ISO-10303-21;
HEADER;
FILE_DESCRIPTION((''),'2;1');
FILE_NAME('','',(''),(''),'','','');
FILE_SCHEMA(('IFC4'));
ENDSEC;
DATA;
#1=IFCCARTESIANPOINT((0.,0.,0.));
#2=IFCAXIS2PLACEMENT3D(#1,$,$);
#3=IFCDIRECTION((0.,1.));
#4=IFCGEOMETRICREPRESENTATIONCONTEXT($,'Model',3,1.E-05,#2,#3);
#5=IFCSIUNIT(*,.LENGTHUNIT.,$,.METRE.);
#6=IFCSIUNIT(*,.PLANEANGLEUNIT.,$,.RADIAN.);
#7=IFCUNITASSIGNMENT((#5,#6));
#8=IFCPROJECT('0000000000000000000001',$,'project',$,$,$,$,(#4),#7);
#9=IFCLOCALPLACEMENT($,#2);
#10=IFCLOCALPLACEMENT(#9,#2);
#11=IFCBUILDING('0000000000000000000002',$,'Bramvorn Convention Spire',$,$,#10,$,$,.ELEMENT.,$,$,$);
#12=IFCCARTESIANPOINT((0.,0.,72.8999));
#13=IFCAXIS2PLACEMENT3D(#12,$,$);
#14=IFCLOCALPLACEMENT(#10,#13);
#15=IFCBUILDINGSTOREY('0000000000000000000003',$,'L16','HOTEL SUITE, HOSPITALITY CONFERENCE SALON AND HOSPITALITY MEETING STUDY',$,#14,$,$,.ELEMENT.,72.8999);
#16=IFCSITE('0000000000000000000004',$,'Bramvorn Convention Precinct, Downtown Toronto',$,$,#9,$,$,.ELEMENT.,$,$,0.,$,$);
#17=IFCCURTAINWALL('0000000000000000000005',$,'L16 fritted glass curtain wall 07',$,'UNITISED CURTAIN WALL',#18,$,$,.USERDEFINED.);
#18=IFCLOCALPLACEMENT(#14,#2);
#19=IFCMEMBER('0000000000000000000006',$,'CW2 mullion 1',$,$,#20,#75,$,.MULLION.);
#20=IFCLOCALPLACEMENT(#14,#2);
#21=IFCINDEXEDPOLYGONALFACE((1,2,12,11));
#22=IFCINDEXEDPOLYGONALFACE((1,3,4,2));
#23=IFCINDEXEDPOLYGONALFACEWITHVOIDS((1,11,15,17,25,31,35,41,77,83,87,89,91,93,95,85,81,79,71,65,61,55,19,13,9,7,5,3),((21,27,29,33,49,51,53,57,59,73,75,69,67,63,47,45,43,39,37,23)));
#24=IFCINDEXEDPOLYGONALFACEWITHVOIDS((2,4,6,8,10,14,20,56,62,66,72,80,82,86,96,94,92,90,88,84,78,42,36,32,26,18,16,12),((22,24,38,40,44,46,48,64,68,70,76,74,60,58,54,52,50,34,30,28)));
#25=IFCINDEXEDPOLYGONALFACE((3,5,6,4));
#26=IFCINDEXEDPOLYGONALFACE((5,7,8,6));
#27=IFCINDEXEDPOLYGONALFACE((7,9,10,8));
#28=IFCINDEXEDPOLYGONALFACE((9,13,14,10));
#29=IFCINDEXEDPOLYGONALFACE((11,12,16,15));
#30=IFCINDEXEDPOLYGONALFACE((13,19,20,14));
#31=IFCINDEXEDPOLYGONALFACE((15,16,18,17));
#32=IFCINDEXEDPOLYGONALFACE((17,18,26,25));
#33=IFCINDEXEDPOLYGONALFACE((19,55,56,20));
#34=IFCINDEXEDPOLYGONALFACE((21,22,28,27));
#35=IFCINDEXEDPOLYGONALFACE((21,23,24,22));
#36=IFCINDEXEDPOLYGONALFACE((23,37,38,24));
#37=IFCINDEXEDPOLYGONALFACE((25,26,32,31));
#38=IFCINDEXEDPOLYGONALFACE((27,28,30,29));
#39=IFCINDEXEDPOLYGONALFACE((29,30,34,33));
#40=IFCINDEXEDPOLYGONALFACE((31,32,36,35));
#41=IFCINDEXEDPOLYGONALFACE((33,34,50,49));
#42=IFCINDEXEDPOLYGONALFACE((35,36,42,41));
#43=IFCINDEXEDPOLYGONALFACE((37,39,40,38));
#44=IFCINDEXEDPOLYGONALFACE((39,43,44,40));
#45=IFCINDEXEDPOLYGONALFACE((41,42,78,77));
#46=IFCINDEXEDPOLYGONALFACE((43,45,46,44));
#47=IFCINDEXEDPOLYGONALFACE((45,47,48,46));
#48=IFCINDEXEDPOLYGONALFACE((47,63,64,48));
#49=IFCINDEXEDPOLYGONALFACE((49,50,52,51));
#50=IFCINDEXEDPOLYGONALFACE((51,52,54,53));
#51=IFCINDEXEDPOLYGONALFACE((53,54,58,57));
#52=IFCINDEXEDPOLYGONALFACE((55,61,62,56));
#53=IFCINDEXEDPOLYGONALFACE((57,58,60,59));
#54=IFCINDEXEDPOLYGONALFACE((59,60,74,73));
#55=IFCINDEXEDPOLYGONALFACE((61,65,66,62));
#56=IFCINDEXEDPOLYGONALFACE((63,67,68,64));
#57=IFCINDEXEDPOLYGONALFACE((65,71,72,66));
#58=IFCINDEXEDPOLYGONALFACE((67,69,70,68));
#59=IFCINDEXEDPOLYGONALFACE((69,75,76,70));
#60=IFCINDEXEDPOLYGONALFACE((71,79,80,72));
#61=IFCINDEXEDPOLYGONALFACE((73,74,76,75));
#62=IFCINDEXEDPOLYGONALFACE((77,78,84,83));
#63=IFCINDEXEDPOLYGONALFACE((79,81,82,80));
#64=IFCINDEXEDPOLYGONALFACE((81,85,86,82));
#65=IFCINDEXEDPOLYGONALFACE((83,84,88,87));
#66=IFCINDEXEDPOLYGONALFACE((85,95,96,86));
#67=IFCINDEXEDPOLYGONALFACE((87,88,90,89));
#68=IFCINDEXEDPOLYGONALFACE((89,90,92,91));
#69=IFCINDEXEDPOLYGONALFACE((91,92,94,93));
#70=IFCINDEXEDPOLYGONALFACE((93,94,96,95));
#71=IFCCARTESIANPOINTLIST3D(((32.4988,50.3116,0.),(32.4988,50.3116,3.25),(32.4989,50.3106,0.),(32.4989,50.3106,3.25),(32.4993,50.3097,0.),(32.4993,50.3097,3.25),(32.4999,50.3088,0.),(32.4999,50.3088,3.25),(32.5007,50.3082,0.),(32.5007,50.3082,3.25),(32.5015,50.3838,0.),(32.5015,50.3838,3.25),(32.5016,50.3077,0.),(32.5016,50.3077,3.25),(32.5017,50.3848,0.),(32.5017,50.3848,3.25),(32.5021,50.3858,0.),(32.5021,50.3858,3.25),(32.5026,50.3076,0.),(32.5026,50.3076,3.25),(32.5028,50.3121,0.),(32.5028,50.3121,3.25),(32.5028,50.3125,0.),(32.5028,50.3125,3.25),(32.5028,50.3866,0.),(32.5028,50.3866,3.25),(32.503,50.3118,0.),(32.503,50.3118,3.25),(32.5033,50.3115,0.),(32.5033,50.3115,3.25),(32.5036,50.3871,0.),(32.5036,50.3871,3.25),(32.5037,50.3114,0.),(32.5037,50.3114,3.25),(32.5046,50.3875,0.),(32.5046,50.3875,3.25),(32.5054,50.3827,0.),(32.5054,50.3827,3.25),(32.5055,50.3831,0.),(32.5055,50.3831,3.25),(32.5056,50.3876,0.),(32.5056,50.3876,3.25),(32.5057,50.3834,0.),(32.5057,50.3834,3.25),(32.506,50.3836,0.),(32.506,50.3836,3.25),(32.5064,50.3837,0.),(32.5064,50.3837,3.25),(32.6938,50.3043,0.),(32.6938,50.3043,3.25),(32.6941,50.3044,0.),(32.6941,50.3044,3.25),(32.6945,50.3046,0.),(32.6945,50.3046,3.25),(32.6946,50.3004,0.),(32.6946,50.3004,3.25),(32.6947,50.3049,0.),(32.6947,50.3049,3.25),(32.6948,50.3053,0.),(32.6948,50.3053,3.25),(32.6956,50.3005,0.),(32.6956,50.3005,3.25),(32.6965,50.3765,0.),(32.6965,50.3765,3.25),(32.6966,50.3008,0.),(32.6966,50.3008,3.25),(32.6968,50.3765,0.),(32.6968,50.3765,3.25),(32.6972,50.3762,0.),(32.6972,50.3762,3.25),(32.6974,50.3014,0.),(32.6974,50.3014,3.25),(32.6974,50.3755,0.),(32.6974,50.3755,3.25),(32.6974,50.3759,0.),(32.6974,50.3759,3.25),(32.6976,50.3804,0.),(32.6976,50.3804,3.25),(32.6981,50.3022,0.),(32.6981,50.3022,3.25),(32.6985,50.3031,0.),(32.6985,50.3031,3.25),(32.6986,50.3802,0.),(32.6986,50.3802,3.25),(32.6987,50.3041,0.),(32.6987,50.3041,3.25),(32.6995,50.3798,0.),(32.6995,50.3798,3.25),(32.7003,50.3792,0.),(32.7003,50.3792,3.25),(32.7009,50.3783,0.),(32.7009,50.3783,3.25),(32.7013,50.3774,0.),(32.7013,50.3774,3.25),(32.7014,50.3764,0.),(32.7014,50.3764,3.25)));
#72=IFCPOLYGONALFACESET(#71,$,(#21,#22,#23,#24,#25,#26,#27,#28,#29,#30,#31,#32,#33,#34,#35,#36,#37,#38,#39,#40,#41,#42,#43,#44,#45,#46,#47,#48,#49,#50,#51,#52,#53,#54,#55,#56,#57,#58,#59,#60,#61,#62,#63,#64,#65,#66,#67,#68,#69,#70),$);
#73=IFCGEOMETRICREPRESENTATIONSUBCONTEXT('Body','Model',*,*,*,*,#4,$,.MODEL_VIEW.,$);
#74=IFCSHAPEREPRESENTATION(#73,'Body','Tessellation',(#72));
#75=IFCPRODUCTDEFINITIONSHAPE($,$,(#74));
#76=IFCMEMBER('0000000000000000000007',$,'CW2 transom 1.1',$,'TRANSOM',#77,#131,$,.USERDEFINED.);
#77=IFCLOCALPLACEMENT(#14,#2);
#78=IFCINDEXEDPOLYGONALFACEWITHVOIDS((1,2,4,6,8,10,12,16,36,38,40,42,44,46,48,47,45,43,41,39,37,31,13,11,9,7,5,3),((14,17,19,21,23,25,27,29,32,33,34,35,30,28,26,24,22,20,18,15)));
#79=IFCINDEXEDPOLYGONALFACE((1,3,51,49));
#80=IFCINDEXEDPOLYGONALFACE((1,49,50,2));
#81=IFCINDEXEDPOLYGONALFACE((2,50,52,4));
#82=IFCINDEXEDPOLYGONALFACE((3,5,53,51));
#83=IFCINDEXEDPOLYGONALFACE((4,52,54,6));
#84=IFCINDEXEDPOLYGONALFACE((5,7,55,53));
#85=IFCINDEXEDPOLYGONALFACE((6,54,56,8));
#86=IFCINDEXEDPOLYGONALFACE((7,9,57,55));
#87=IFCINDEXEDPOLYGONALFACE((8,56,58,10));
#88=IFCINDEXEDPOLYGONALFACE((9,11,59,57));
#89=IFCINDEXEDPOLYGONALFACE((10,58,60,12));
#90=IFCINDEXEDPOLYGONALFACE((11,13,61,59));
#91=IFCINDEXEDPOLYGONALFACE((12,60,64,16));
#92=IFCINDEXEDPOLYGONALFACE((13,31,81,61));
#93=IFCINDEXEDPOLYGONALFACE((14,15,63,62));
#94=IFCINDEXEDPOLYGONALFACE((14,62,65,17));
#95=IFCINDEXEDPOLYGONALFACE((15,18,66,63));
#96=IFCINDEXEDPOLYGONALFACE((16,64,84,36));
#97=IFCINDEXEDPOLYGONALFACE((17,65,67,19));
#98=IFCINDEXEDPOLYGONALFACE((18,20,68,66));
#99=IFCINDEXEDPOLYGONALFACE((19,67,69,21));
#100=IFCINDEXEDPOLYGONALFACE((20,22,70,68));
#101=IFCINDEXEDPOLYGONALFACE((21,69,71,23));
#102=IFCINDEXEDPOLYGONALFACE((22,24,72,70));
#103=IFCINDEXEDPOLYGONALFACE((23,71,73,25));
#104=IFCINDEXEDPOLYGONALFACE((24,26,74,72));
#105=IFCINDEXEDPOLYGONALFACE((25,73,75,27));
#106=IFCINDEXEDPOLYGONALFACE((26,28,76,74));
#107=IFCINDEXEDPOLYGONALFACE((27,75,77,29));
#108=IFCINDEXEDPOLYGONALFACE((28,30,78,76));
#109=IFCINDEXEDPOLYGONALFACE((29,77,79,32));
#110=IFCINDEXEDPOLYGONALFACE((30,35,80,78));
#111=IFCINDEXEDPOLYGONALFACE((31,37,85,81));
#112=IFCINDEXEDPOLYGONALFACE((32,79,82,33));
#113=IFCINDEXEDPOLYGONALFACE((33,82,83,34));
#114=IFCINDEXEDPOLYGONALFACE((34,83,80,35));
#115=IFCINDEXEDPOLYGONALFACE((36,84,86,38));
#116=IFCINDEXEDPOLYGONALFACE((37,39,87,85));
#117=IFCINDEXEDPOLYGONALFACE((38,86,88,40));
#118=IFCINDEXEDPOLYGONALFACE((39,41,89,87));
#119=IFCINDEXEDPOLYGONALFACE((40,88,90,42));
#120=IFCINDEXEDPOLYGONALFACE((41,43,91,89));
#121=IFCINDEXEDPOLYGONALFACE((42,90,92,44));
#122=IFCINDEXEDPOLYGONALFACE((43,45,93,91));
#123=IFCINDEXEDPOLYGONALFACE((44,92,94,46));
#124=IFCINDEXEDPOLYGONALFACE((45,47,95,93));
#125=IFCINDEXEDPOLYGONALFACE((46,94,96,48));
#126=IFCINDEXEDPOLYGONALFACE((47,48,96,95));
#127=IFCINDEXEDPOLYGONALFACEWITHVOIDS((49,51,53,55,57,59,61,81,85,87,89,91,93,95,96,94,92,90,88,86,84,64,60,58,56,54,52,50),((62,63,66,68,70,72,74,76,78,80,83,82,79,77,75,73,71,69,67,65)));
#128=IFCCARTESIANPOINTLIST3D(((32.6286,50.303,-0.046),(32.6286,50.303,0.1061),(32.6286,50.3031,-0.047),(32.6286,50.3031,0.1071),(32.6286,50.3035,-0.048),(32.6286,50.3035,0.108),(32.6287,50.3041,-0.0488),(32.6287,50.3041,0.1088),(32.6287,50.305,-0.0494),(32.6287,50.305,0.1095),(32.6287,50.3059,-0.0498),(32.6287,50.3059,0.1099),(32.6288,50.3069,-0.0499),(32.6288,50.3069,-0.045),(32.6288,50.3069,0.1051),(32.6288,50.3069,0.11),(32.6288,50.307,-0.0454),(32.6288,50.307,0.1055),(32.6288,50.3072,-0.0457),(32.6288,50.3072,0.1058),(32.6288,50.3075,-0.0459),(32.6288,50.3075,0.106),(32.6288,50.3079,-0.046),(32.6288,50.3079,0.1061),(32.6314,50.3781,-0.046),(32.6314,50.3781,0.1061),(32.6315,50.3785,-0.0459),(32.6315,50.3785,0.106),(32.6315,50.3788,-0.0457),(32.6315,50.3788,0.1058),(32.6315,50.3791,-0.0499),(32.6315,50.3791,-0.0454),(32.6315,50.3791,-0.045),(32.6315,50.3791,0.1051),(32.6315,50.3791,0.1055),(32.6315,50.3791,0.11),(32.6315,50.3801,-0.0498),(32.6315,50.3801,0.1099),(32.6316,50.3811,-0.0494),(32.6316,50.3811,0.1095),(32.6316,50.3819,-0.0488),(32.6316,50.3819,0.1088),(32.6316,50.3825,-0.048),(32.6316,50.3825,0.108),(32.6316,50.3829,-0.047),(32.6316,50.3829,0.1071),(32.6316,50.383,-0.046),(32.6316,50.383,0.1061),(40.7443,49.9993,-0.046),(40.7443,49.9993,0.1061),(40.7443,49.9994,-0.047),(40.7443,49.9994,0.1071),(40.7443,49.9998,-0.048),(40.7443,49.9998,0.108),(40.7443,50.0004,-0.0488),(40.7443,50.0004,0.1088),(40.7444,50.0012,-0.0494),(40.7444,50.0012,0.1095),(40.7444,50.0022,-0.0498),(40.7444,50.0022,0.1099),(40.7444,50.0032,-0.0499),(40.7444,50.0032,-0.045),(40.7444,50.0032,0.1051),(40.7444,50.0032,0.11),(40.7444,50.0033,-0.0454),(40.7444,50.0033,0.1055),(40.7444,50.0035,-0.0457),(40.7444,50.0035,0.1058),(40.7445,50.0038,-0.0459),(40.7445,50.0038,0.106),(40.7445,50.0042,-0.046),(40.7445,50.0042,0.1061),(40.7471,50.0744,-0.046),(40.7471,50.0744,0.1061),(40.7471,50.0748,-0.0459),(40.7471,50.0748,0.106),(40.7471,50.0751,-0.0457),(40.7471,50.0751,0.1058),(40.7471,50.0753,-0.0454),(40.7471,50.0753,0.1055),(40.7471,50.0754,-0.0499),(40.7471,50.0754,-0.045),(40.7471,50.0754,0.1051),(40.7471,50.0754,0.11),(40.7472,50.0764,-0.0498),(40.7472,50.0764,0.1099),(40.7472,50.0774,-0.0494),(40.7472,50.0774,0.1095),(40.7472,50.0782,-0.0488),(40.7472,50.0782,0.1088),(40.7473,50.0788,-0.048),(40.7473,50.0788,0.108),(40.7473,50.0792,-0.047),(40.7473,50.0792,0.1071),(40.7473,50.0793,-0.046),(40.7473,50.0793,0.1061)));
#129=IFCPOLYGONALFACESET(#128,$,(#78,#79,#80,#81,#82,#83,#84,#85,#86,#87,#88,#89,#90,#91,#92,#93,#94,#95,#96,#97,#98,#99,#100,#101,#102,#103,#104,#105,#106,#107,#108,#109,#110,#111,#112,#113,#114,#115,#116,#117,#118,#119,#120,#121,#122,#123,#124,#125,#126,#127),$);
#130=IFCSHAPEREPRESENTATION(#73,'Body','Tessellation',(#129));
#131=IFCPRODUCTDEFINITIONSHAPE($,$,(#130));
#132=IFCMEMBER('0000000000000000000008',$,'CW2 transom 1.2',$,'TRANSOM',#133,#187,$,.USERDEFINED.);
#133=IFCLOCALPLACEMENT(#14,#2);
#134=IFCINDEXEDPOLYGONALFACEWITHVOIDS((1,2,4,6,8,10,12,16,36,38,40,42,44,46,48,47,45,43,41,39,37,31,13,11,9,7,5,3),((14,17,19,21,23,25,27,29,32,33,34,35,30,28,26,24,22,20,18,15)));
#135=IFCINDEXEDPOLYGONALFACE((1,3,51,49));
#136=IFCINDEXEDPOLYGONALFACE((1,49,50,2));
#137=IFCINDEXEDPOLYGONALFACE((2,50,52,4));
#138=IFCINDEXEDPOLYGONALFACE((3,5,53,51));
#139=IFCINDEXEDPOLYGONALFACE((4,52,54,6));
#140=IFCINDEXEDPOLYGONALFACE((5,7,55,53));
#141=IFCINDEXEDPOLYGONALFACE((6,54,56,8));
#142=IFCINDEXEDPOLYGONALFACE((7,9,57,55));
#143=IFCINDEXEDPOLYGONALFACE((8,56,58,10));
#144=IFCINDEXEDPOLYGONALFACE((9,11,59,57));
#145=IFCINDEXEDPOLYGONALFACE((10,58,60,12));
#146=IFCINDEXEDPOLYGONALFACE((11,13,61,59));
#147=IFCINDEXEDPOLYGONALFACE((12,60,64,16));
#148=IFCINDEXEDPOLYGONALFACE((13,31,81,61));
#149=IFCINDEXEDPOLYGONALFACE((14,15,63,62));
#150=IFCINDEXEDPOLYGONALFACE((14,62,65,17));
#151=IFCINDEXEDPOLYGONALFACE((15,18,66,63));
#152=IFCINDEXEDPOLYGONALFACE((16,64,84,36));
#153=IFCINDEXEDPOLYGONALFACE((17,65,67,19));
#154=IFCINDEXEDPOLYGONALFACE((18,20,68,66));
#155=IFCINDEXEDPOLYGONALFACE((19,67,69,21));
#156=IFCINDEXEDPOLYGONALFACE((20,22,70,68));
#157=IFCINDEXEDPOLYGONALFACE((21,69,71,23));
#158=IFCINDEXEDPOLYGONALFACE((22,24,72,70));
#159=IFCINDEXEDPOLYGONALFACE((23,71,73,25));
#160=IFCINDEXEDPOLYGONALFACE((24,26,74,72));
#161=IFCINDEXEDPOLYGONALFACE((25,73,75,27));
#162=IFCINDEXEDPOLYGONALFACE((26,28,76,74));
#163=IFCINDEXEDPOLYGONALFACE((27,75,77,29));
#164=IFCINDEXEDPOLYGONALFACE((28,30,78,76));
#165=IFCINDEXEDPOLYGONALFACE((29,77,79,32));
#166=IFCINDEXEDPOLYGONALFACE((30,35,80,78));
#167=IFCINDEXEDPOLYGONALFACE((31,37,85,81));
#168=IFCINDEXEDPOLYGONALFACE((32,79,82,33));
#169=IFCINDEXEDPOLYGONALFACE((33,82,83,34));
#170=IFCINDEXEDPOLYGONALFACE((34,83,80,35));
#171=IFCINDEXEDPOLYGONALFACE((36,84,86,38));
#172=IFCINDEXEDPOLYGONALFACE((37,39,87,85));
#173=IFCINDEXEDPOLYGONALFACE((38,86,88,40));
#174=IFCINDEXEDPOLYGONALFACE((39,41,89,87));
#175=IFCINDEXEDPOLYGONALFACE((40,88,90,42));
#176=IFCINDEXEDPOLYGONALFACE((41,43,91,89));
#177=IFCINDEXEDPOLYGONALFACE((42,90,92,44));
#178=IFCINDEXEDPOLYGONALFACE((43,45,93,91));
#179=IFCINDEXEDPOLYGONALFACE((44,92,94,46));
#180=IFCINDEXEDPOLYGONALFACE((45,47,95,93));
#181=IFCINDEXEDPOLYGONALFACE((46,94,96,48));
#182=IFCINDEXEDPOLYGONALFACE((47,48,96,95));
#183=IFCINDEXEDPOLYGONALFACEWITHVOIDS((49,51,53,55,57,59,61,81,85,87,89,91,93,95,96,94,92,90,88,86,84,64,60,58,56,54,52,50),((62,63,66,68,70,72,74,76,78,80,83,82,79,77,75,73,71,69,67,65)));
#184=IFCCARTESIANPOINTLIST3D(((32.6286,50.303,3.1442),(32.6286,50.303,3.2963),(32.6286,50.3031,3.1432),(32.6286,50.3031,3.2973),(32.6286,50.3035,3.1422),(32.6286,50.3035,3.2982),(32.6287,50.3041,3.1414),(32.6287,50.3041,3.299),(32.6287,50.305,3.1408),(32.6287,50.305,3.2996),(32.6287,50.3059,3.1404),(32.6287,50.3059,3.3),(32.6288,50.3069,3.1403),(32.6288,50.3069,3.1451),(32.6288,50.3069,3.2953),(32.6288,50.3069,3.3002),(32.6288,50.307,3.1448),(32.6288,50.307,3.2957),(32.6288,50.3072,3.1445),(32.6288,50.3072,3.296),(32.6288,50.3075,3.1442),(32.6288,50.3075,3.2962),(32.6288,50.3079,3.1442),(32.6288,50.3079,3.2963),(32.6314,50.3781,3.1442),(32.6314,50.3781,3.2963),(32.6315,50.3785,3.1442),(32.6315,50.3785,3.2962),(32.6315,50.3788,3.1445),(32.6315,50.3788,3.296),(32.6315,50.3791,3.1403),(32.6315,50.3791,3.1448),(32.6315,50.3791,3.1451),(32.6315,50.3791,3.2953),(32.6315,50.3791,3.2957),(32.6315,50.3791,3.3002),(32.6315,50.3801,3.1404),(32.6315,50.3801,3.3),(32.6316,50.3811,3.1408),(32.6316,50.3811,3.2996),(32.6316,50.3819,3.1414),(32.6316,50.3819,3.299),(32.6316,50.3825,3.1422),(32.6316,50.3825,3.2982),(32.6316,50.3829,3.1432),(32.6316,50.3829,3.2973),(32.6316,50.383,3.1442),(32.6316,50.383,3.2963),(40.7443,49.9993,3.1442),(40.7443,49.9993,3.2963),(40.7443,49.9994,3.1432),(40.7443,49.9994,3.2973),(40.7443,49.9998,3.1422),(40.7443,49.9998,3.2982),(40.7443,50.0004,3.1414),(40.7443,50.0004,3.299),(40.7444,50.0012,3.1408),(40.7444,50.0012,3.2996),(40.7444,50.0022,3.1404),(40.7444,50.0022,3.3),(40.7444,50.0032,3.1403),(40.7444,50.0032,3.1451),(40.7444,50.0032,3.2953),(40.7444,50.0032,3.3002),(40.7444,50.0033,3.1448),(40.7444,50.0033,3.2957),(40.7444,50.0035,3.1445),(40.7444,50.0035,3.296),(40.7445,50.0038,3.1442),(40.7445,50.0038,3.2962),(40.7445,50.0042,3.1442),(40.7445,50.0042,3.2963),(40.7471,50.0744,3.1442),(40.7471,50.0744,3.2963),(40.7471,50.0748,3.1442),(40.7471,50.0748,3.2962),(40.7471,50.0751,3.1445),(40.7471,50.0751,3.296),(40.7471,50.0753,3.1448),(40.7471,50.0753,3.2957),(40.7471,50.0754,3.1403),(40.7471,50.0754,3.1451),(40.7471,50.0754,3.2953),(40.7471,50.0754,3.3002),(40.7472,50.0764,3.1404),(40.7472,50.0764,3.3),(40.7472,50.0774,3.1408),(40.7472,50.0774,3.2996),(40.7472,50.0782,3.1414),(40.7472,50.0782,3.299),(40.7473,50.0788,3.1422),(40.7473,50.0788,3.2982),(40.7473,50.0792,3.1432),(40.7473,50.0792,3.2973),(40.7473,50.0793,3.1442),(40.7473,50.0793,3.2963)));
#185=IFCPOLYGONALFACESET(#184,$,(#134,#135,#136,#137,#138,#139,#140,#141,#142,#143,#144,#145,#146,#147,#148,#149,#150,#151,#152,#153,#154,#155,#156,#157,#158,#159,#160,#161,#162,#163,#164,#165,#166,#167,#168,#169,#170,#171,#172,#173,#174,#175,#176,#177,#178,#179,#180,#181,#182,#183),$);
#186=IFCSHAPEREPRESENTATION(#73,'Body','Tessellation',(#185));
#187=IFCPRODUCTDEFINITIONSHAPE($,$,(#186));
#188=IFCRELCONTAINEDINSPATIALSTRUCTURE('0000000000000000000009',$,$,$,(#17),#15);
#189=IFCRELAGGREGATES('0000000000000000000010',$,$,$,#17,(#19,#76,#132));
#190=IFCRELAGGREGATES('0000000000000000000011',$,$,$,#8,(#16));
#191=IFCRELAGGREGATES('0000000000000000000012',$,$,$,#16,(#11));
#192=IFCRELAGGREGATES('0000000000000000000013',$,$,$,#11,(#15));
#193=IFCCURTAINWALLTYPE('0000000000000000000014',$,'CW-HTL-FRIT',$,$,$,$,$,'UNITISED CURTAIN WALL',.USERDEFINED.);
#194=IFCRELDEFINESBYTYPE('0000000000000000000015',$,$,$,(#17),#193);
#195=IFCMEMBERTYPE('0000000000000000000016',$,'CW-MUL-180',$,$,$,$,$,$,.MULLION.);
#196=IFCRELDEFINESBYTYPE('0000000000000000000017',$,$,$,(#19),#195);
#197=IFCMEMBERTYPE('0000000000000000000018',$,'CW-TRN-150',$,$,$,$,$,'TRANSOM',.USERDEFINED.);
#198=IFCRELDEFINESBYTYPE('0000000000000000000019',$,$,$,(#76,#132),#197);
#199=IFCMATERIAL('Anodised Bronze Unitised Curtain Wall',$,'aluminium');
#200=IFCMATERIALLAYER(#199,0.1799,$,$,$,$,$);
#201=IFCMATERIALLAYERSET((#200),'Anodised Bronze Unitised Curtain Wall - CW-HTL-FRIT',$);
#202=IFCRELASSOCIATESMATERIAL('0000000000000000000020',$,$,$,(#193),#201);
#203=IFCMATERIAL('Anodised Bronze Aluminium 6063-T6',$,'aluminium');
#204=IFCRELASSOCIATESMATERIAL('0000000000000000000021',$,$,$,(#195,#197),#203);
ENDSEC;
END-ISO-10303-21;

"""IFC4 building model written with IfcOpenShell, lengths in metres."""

from ifc_helpers import new_model, si_unit, direction, frame, origin, origin_2d, place, context, subcontext, project, spatial, hollow_rectangle, extrude, material, layer, layer_set, material_profile, profile_set, type_object, element, aggregate, save


model = new_model("IFC4")

# Units and contexts
model_context = context("Model", 3, precision=1e-05, world=origin(), true_north=direction((0.0, 1.0)))
body_context = subcontext(model_context, "Body", "Model", "MODEL_VIEW")
ifc_project = project(units=[si_unit("LENGTHUNIT", "METRE"), si_unit("PLANEANGLEUNIT", "RADIAN")], contexts=[model_context])

# Site, building, storey
site_placement = place(None, origin())
site = spatial("IfcSite", under=ifc_project, at=site_placement, Name="Bramvorn Convention Precinct, Downtown Toronto", CompositionType="ELEMENT", RefElevation=0.0)
building_placement = place(site_placement, origin())
building = spatial("IfcBuilding", under=site, at=building_placement, Name="Bramvorn Convention Spire", CompositionType="ELEMENT")
storey_placement = place(building_placement, frame((0.0, 0.0, 72.8999)))
storey = spatial("IfcBuildingStorey", under=building, at=storey_placement, Name="L16", Description="HOTEL SUITE, HOSPITALITY CONFERENCE SALON AND HOSPITALITY MEETING STUDY", CompositionType="ELEMENT", Elevation=72.8999)

# Curtain wall, members
ifc_material_1 = material(Name="Anodised Bronze Unitised Curtain Wall", Category="aluminium")
ifc_layer_1 = layer(ifc_material_1, 0.1799)
ifc_layer_set_1 = layer_set([ifc_layer_1], Name="Anodised Bronze Unitised Curtain Wall - CW-HTL-FRIT")
curtain_wall_type = type_object("IfcCurtainWallType", Name="CW-HTL-FRIT", ElementType="UNITISED CURTAIN WALL", PredefinedType="USERDEFINED", material=ifc_layer_set_1)
curtain_wall_placement = place(storey_placement, origin())
curtain_wall = element("IfcCurtainWall", 1, at=curtain_wall_placement, inside=storey, type_object=curtain_wall_type, Name="L16 fritted glass curtain wall 07", ObjectType="UNITISED CURTAIN WALL", PredefinedType="USERDEFINED")
ifc_material_2 = material(Name="Anodised Bronze Aluminium 6063-T6", Category="aluminium")
ifc_material_profile_1 = material_profile(ifc_material_2, hollow_rectangle(XDim=0.0801, YDim=0.2, WallThickness=0.0039, InnerFilletRadius=0.001, OuterFilletRadius=0.0039, at=origin_2d()))
ifc_profile_set_1 = profile_set([ifc_material_profile_1], Name="Anodised Bronze Aluminium 6063-T6 - CWM80X200")
member_type_1 = type_object("IfcMemberType", Name="CW-MUL-180", PredefinedType="MULLION", material=ifc_profile_set_1)
member_1_placement = place(storey_placement, frame((32.6001, 50.344, 0.0), z_axis=(0.0, 0.0, 1.0), x_axis=(0.037397, 0.9993, 0.0)))
member_1 = element("IfcMember", 2, at=member_1_placement, type_object=member_type_1, Name="CW2 mullion 1", PredefinedType="MULLION", context=body_context, shape_type="SweptSolid", body=[
    extrude(hollow_rectangle(XDim=0.0801, YDim=0.2, WallThickness=0.0039, InnerFilletRadius=0.001, OuterFilletRadius=0.0039, at=origin_2d()), origin(), (0.0, 0.0, 1.0), 3.25),
])
ifc_material_profile_2 = material_profile(ifc_material_2, hollow_rectangle(XDim=0.0801, YDim=0.1599, WallThickness=0.0039, InnerFilletRadius=0.001, OuterFilletRadius=0.0039, at=origin_2d()))
ifc_profile_set_2 = profile_set([ifc_material_profile_2], Name="Anodised Bronze Aluminium 6063-T6 - CWT80X160")
member_type_2 = type_object("IfcMemberType", Name="CW-TRN-150", ElementType="TRANSOM", PredefinedType="USERDEFINED", material=ifc_profile_set_2)
member_2_placement = place(storey_placement, frame((32.6301, 50.343, 0.03), z_axis=(0.999301, -0.037396, 0.0), x_axis=(0.037396, 0.999301, 0.0)))
member_2 = element("IfcMember", 3, at=member_2_placement, type_object=member_type_2, Name="CW2 transom 1.1", ObjectType="TRANSOM", PredefinedType="USERDEFINED", context=body_context, shape_type="SweptSolid", body=[
    extrude(hollow_rectangle(XDim=0.0801, YDim=0.1599, WallThickness=0.0039, InnerFilletRadius=0.001, OuterFilletRadius=0.0039, at=origin_2d()), origin(), (0.0, 0.0, 1.0), 8.1213),
])
member_3_placement = place(storey_placement, frame((32.6301, 50.343, 3.2202), z_axis=(0.999301, -0.037396, 0.0), x_axis=(0.037396, 0.999301, 0.0)))
member_3 = element("IfcMember", 4, at=member_3_placement, type_object=member_type_2, Name="CW2 transom 1.2", ObjectType="TRANSOM", PredefinedType="USERDEFINED", context=body_context, shape_type="SweptSolid", body=[
    extrude(hollow_rectangle(XDim=0.0801, YDim=0.1599, WallThickness=0.0039, InnerFilletRadius=0.001, OuterFilletRadius=0.0039, at=origin_2d()), origin(), (0.0, 0.0, 1.0), 8.1213),
])
aggregate(curtain_wall, [member_1, member_2, member_3])

save(model, "model.ifc")
